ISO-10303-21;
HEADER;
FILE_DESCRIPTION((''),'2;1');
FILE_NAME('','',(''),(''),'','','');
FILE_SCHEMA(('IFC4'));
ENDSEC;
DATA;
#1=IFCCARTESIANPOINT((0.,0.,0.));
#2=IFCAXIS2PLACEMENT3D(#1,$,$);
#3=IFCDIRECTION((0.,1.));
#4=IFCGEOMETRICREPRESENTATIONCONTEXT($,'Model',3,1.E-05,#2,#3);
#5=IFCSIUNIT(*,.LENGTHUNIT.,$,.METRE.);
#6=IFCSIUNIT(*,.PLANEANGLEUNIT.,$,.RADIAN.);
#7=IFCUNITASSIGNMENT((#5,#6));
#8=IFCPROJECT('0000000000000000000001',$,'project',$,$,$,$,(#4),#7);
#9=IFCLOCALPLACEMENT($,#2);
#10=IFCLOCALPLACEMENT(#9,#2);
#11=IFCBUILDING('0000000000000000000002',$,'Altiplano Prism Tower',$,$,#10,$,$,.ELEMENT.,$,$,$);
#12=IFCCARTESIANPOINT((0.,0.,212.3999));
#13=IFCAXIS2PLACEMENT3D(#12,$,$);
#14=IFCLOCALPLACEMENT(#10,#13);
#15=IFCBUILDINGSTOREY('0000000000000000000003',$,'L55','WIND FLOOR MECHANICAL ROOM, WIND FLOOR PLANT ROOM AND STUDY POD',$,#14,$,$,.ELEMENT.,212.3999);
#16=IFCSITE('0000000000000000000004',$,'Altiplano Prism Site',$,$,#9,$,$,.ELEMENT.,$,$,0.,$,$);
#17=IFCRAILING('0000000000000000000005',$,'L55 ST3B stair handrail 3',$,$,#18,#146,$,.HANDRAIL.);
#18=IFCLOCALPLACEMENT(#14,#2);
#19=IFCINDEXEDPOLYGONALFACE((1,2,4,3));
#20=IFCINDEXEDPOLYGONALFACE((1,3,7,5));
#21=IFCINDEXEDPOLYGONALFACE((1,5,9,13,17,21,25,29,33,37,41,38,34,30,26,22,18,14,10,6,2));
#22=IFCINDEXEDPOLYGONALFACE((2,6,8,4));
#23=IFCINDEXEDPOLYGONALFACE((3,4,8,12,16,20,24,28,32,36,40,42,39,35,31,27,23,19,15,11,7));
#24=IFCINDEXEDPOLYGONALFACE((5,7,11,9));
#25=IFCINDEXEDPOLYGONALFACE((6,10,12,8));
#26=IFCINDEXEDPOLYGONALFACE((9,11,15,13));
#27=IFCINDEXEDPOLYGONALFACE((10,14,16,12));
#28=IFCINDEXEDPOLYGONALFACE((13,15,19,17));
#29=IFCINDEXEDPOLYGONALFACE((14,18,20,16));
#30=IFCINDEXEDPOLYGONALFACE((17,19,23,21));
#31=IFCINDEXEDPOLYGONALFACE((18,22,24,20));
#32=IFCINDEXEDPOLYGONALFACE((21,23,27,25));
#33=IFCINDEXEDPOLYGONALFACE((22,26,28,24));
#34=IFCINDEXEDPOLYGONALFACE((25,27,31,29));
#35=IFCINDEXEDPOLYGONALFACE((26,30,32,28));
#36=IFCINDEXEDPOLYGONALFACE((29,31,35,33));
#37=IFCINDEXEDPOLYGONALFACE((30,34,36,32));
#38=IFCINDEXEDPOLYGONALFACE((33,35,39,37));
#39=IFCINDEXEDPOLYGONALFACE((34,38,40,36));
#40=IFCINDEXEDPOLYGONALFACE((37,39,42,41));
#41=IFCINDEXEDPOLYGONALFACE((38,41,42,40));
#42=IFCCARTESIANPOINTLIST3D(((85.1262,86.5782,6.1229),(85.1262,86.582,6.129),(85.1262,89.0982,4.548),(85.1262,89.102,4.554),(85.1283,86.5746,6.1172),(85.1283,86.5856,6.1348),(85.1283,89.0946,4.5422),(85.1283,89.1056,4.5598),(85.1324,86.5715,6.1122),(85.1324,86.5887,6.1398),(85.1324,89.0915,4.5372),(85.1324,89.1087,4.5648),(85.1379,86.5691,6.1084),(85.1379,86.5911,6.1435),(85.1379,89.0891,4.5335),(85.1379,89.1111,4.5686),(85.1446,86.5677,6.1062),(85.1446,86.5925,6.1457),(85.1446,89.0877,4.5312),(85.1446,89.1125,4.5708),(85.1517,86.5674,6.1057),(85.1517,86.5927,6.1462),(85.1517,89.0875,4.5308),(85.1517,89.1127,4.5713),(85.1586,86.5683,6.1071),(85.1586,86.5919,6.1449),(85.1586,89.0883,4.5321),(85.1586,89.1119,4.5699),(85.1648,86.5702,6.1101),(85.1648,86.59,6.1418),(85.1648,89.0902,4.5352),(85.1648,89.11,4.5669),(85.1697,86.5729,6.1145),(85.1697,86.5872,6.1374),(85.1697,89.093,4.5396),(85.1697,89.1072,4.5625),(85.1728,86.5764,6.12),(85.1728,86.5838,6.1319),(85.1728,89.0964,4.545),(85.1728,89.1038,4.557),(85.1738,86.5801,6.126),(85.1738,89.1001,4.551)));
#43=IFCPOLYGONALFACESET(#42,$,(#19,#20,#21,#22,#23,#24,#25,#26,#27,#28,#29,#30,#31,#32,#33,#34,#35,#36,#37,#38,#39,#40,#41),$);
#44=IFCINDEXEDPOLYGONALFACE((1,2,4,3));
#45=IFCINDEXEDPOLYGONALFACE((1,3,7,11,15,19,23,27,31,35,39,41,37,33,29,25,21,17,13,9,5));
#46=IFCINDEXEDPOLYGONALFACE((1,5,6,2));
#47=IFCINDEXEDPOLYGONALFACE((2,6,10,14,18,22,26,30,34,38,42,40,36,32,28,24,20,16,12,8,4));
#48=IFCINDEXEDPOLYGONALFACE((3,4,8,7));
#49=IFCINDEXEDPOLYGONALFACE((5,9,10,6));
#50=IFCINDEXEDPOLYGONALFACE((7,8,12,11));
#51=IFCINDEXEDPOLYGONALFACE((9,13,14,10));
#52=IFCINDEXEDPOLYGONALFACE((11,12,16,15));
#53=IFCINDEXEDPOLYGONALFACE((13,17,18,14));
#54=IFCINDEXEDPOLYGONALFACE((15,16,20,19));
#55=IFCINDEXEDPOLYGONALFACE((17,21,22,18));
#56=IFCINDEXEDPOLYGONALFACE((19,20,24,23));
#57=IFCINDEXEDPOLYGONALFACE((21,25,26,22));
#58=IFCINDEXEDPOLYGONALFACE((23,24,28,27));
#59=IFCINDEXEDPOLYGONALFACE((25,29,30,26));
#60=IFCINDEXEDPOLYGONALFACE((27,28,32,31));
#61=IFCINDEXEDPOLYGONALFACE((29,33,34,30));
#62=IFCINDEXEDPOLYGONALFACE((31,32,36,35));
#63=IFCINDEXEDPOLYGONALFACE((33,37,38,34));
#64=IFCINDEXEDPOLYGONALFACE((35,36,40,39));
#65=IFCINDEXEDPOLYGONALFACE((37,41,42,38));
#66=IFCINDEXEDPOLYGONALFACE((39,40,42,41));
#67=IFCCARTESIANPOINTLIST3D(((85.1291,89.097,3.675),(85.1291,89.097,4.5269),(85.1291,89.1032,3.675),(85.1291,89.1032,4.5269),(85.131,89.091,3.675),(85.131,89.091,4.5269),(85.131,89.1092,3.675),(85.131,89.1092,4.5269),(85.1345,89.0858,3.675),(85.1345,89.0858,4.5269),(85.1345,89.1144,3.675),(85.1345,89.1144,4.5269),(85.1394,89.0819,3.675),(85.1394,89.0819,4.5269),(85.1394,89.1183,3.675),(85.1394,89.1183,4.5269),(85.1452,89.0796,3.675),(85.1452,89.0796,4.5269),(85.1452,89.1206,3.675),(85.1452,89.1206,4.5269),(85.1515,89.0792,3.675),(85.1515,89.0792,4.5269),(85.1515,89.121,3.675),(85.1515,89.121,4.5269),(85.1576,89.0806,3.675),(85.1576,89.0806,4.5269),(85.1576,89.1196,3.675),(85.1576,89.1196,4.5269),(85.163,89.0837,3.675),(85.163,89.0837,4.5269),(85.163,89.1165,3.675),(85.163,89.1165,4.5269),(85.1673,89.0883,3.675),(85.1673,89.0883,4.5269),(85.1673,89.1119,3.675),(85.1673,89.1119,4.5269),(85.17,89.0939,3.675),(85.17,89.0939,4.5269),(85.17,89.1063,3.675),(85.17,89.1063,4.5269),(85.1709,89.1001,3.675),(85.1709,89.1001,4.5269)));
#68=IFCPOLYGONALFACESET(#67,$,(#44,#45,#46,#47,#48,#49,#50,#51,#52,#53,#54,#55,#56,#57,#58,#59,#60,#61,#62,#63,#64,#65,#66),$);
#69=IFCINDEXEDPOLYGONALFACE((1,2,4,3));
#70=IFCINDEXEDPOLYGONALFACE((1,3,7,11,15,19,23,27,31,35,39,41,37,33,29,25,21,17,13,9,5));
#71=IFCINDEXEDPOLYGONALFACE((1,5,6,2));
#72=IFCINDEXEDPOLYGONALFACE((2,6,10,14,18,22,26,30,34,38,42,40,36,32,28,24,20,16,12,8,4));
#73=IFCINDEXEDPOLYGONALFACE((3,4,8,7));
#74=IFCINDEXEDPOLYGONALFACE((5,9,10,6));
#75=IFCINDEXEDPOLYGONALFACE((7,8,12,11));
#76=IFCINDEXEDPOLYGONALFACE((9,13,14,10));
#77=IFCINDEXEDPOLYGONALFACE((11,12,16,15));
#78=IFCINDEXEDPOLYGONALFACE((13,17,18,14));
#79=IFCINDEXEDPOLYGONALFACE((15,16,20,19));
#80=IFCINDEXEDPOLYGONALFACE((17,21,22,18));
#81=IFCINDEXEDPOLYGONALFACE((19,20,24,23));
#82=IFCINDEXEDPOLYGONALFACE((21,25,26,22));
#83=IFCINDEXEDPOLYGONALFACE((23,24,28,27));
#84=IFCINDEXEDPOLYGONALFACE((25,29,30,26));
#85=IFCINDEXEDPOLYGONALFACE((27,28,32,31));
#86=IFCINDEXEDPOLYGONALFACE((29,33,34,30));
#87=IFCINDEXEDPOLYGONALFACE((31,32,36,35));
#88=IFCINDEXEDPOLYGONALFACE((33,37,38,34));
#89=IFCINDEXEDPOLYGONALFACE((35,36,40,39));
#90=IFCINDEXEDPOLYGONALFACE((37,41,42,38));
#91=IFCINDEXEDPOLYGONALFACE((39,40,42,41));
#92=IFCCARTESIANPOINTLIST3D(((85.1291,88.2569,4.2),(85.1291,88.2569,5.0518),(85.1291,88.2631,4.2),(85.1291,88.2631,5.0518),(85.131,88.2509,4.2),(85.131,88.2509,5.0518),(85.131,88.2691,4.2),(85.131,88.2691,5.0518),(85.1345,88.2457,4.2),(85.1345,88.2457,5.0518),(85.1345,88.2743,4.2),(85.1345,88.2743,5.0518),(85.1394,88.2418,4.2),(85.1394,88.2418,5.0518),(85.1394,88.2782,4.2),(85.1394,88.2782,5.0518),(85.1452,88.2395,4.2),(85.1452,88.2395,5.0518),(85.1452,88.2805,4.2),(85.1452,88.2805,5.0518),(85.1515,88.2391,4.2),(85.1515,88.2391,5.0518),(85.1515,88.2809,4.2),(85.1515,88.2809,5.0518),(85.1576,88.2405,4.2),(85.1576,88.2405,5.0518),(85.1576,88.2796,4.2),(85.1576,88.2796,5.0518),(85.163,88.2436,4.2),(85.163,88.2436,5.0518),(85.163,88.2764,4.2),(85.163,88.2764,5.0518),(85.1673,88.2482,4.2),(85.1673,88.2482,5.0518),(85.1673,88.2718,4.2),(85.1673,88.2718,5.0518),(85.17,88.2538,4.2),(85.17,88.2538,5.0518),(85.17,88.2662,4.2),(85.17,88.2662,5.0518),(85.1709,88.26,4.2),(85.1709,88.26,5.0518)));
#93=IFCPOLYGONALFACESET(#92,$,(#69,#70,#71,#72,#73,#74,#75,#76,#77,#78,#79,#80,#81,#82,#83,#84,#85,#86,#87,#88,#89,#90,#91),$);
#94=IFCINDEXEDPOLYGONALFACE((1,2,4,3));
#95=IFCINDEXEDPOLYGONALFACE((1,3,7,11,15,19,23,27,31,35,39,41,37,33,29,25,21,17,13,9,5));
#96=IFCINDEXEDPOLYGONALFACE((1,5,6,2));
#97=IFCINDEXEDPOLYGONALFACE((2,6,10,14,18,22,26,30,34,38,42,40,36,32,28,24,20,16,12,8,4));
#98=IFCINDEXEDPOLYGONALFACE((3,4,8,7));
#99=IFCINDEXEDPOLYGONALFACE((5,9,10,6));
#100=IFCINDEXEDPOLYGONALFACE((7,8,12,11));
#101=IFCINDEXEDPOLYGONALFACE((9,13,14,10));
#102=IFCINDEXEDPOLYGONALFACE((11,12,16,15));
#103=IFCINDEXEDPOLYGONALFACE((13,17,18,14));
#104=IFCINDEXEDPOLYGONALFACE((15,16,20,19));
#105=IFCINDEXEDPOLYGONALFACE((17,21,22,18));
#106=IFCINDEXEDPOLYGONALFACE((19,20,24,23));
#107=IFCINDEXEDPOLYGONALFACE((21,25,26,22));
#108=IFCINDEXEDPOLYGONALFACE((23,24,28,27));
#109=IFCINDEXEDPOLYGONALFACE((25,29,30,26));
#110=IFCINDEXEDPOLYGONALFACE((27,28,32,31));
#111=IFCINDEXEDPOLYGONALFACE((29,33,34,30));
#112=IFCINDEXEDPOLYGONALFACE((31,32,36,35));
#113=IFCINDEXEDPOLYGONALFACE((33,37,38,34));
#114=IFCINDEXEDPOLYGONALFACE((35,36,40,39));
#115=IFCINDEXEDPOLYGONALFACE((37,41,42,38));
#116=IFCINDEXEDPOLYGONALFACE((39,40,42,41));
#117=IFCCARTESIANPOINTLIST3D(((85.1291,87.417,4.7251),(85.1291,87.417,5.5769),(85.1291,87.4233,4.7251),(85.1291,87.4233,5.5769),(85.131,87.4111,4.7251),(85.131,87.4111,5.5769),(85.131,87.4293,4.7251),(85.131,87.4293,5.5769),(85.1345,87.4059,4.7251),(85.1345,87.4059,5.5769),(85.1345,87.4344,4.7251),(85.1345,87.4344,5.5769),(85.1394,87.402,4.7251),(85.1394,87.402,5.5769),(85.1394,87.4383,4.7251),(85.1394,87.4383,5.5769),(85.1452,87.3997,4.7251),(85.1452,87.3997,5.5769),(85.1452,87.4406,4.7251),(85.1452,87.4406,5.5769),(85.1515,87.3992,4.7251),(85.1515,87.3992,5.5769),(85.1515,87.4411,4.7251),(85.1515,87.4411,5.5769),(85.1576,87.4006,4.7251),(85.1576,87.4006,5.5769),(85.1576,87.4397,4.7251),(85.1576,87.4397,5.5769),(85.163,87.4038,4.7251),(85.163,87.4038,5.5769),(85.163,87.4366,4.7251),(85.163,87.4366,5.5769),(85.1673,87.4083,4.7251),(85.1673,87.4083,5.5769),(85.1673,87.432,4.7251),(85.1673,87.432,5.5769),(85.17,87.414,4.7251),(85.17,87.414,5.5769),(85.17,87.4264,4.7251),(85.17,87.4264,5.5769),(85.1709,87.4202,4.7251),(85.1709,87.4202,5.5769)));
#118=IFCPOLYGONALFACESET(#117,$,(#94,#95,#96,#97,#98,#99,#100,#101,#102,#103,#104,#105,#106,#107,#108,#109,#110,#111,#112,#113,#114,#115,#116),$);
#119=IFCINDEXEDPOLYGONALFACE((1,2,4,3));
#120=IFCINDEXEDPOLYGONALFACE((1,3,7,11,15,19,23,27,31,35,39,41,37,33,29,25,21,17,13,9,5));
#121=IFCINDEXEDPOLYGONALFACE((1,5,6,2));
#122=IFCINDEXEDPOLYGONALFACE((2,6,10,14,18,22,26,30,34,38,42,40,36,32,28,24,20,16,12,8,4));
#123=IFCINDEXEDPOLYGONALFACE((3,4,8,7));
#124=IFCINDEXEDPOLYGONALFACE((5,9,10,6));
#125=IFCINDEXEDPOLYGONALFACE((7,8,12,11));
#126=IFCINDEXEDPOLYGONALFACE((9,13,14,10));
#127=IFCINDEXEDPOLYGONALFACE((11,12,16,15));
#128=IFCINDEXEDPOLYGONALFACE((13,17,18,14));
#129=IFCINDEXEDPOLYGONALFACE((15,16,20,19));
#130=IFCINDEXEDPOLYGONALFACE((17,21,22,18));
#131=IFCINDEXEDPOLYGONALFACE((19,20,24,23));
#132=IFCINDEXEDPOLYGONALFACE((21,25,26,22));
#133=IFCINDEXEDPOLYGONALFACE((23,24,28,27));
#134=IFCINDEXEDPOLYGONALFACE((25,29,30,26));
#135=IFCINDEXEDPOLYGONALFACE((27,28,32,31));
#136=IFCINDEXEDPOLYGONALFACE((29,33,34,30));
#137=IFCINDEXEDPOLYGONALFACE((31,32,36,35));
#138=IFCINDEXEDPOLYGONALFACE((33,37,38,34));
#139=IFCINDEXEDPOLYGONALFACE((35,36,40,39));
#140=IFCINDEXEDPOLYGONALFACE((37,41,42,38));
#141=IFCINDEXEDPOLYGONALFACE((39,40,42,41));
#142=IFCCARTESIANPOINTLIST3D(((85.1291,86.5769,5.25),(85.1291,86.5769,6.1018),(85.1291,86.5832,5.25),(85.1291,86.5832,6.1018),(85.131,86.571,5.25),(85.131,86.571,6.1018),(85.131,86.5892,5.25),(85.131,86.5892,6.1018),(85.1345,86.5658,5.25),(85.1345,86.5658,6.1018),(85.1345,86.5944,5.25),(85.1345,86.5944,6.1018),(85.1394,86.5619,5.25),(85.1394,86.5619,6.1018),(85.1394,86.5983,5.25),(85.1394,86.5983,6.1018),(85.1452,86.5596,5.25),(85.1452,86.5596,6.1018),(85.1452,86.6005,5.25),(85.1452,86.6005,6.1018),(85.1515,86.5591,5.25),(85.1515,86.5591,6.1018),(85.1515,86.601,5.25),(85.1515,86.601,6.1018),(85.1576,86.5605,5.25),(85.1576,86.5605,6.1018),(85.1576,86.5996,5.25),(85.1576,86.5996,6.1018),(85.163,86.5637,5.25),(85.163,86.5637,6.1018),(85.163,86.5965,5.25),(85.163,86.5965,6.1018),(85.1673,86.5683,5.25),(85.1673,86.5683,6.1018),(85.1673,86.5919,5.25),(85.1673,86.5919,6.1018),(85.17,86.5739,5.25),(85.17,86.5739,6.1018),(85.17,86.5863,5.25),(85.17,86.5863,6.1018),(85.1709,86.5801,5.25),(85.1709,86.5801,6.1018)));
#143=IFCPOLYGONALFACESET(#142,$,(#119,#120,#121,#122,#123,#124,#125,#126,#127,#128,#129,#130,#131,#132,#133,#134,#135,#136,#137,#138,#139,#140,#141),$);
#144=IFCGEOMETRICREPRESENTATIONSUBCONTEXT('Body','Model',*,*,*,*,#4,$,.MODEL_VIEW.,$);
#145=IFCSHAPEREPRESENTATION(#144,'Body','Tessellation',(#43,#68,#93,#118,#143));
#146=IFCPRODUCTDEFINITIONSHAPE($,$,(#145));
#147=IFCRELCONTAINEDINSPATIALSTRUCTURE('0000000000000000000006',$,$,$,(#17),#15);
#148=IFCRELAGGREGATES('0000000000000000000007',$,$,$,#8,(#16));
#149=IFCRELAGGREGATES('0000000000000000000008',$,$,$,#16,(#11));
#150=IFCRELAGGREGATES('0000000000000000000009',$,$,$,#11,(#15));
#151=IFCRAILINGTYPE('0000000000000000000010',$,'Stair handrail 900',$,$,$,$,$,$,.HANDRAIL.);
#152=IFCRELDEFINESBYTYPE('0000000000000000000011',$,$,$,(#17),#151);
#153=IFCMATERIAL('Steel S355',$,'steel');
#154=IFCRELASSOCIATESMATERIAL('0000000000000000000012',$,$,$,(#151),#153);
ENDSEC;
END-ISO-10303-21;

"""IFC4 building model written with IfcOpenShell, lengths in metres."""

from ifc_helpers import new_model, si_unit, direction, frame, origin, origin_2d, place, context, subcontext, project, spatial, circle, extrude, material, type_object, element, save


model = new_model("IFC4")

# Units and contexts
model_context = context("Model", 3, precision=1e-05, world=origin(), true_north=direction((0.0, 1.0)))
body_context = subcontext(model_context, "Body", "Model", "MODEL_VIEW")
ifc_project = project(units=[si_unit("LENGTHUNIT", "METRE"), si_unit("PLANEANGLEUNIT", "RADIAN")], contexts=[model_context])

# Site, building, storey
site_placement = place(None, origin())
site = spatial("IfcSite", under=ifc_project, at=site_placement, Name="Altiplano Prism Site", CompositionType="ELEMENT", RefElevation=0.0)
building_placement = place(site_placement, origin())
building = spatial("IfcBuilding", under=site, at=building_placement, Name="Altiplano Prism Tower", CompositionType="ELEMENT")
storey_placement = place(building_placement, frame((0.0, 0.0, 212.3999)))
storey = spatial("IfcBuildingStorey", under=building, at=storey_placement, Name="L55", Description="WIND FLOOR MECHANICAL ROOM, WIND FLOOR PLANT ROOM AND STUDY POD", CompositionType="ELEMENT", Elevation=212.3999)

# Shared definitions
ifc_material_1 = material(Name="Steel S355", Category="steel")

# Railing
railing_type_1 = type_object("IfcRailingType", Name="Stair handrail 900", PredefinedType="HANDRAIL", material=ifc_material_1)
railing_1_placement = place(storey_placement, frame((85.1499, 89.1001, 3.675)))
element("IfcRailing", 1, at=railing_1_placement, inside=storey, type_object=railing_type_1, Name="L55 ST3B stair handrail 3", PredefinedType="HANDRAIL", context=body_context, shape_type="SweptSolid", body=[
    extrude(circle(Radius=0.0239, at=origin_2d()), frame((0.0, 0.0, 0.876), z_axis=(0.0, -0.848008, 0.529984), x_axis=(1.0, 0.0, 0.0)), (0.0, 0.0, 1.0), 2.9717),
    extrude(circle(Radius=0.021, at=origin_2d()), origin(), (0.0, 0.0, 1.0), 0.8518),
    extrude(circle(Radius=0.021, at=origin_2d()), frame((0.0, -0.8401, 0.5249)), (0.0, 0.0, 1.0), 0.8518),
    extrude(circle(Radius=0.021, at=origin_2d()), frame((0.0, -1.6799, 1.05)), (0.0, 0.0, 1.0), 0.8518),
    extrude(circle(Radius=0.021, at=origin_2d()), frame((0.0, -2.52, 1.575)), (0.0, 0.0, 1.0), 0.8518),
])

save(model, "model.ifc")
